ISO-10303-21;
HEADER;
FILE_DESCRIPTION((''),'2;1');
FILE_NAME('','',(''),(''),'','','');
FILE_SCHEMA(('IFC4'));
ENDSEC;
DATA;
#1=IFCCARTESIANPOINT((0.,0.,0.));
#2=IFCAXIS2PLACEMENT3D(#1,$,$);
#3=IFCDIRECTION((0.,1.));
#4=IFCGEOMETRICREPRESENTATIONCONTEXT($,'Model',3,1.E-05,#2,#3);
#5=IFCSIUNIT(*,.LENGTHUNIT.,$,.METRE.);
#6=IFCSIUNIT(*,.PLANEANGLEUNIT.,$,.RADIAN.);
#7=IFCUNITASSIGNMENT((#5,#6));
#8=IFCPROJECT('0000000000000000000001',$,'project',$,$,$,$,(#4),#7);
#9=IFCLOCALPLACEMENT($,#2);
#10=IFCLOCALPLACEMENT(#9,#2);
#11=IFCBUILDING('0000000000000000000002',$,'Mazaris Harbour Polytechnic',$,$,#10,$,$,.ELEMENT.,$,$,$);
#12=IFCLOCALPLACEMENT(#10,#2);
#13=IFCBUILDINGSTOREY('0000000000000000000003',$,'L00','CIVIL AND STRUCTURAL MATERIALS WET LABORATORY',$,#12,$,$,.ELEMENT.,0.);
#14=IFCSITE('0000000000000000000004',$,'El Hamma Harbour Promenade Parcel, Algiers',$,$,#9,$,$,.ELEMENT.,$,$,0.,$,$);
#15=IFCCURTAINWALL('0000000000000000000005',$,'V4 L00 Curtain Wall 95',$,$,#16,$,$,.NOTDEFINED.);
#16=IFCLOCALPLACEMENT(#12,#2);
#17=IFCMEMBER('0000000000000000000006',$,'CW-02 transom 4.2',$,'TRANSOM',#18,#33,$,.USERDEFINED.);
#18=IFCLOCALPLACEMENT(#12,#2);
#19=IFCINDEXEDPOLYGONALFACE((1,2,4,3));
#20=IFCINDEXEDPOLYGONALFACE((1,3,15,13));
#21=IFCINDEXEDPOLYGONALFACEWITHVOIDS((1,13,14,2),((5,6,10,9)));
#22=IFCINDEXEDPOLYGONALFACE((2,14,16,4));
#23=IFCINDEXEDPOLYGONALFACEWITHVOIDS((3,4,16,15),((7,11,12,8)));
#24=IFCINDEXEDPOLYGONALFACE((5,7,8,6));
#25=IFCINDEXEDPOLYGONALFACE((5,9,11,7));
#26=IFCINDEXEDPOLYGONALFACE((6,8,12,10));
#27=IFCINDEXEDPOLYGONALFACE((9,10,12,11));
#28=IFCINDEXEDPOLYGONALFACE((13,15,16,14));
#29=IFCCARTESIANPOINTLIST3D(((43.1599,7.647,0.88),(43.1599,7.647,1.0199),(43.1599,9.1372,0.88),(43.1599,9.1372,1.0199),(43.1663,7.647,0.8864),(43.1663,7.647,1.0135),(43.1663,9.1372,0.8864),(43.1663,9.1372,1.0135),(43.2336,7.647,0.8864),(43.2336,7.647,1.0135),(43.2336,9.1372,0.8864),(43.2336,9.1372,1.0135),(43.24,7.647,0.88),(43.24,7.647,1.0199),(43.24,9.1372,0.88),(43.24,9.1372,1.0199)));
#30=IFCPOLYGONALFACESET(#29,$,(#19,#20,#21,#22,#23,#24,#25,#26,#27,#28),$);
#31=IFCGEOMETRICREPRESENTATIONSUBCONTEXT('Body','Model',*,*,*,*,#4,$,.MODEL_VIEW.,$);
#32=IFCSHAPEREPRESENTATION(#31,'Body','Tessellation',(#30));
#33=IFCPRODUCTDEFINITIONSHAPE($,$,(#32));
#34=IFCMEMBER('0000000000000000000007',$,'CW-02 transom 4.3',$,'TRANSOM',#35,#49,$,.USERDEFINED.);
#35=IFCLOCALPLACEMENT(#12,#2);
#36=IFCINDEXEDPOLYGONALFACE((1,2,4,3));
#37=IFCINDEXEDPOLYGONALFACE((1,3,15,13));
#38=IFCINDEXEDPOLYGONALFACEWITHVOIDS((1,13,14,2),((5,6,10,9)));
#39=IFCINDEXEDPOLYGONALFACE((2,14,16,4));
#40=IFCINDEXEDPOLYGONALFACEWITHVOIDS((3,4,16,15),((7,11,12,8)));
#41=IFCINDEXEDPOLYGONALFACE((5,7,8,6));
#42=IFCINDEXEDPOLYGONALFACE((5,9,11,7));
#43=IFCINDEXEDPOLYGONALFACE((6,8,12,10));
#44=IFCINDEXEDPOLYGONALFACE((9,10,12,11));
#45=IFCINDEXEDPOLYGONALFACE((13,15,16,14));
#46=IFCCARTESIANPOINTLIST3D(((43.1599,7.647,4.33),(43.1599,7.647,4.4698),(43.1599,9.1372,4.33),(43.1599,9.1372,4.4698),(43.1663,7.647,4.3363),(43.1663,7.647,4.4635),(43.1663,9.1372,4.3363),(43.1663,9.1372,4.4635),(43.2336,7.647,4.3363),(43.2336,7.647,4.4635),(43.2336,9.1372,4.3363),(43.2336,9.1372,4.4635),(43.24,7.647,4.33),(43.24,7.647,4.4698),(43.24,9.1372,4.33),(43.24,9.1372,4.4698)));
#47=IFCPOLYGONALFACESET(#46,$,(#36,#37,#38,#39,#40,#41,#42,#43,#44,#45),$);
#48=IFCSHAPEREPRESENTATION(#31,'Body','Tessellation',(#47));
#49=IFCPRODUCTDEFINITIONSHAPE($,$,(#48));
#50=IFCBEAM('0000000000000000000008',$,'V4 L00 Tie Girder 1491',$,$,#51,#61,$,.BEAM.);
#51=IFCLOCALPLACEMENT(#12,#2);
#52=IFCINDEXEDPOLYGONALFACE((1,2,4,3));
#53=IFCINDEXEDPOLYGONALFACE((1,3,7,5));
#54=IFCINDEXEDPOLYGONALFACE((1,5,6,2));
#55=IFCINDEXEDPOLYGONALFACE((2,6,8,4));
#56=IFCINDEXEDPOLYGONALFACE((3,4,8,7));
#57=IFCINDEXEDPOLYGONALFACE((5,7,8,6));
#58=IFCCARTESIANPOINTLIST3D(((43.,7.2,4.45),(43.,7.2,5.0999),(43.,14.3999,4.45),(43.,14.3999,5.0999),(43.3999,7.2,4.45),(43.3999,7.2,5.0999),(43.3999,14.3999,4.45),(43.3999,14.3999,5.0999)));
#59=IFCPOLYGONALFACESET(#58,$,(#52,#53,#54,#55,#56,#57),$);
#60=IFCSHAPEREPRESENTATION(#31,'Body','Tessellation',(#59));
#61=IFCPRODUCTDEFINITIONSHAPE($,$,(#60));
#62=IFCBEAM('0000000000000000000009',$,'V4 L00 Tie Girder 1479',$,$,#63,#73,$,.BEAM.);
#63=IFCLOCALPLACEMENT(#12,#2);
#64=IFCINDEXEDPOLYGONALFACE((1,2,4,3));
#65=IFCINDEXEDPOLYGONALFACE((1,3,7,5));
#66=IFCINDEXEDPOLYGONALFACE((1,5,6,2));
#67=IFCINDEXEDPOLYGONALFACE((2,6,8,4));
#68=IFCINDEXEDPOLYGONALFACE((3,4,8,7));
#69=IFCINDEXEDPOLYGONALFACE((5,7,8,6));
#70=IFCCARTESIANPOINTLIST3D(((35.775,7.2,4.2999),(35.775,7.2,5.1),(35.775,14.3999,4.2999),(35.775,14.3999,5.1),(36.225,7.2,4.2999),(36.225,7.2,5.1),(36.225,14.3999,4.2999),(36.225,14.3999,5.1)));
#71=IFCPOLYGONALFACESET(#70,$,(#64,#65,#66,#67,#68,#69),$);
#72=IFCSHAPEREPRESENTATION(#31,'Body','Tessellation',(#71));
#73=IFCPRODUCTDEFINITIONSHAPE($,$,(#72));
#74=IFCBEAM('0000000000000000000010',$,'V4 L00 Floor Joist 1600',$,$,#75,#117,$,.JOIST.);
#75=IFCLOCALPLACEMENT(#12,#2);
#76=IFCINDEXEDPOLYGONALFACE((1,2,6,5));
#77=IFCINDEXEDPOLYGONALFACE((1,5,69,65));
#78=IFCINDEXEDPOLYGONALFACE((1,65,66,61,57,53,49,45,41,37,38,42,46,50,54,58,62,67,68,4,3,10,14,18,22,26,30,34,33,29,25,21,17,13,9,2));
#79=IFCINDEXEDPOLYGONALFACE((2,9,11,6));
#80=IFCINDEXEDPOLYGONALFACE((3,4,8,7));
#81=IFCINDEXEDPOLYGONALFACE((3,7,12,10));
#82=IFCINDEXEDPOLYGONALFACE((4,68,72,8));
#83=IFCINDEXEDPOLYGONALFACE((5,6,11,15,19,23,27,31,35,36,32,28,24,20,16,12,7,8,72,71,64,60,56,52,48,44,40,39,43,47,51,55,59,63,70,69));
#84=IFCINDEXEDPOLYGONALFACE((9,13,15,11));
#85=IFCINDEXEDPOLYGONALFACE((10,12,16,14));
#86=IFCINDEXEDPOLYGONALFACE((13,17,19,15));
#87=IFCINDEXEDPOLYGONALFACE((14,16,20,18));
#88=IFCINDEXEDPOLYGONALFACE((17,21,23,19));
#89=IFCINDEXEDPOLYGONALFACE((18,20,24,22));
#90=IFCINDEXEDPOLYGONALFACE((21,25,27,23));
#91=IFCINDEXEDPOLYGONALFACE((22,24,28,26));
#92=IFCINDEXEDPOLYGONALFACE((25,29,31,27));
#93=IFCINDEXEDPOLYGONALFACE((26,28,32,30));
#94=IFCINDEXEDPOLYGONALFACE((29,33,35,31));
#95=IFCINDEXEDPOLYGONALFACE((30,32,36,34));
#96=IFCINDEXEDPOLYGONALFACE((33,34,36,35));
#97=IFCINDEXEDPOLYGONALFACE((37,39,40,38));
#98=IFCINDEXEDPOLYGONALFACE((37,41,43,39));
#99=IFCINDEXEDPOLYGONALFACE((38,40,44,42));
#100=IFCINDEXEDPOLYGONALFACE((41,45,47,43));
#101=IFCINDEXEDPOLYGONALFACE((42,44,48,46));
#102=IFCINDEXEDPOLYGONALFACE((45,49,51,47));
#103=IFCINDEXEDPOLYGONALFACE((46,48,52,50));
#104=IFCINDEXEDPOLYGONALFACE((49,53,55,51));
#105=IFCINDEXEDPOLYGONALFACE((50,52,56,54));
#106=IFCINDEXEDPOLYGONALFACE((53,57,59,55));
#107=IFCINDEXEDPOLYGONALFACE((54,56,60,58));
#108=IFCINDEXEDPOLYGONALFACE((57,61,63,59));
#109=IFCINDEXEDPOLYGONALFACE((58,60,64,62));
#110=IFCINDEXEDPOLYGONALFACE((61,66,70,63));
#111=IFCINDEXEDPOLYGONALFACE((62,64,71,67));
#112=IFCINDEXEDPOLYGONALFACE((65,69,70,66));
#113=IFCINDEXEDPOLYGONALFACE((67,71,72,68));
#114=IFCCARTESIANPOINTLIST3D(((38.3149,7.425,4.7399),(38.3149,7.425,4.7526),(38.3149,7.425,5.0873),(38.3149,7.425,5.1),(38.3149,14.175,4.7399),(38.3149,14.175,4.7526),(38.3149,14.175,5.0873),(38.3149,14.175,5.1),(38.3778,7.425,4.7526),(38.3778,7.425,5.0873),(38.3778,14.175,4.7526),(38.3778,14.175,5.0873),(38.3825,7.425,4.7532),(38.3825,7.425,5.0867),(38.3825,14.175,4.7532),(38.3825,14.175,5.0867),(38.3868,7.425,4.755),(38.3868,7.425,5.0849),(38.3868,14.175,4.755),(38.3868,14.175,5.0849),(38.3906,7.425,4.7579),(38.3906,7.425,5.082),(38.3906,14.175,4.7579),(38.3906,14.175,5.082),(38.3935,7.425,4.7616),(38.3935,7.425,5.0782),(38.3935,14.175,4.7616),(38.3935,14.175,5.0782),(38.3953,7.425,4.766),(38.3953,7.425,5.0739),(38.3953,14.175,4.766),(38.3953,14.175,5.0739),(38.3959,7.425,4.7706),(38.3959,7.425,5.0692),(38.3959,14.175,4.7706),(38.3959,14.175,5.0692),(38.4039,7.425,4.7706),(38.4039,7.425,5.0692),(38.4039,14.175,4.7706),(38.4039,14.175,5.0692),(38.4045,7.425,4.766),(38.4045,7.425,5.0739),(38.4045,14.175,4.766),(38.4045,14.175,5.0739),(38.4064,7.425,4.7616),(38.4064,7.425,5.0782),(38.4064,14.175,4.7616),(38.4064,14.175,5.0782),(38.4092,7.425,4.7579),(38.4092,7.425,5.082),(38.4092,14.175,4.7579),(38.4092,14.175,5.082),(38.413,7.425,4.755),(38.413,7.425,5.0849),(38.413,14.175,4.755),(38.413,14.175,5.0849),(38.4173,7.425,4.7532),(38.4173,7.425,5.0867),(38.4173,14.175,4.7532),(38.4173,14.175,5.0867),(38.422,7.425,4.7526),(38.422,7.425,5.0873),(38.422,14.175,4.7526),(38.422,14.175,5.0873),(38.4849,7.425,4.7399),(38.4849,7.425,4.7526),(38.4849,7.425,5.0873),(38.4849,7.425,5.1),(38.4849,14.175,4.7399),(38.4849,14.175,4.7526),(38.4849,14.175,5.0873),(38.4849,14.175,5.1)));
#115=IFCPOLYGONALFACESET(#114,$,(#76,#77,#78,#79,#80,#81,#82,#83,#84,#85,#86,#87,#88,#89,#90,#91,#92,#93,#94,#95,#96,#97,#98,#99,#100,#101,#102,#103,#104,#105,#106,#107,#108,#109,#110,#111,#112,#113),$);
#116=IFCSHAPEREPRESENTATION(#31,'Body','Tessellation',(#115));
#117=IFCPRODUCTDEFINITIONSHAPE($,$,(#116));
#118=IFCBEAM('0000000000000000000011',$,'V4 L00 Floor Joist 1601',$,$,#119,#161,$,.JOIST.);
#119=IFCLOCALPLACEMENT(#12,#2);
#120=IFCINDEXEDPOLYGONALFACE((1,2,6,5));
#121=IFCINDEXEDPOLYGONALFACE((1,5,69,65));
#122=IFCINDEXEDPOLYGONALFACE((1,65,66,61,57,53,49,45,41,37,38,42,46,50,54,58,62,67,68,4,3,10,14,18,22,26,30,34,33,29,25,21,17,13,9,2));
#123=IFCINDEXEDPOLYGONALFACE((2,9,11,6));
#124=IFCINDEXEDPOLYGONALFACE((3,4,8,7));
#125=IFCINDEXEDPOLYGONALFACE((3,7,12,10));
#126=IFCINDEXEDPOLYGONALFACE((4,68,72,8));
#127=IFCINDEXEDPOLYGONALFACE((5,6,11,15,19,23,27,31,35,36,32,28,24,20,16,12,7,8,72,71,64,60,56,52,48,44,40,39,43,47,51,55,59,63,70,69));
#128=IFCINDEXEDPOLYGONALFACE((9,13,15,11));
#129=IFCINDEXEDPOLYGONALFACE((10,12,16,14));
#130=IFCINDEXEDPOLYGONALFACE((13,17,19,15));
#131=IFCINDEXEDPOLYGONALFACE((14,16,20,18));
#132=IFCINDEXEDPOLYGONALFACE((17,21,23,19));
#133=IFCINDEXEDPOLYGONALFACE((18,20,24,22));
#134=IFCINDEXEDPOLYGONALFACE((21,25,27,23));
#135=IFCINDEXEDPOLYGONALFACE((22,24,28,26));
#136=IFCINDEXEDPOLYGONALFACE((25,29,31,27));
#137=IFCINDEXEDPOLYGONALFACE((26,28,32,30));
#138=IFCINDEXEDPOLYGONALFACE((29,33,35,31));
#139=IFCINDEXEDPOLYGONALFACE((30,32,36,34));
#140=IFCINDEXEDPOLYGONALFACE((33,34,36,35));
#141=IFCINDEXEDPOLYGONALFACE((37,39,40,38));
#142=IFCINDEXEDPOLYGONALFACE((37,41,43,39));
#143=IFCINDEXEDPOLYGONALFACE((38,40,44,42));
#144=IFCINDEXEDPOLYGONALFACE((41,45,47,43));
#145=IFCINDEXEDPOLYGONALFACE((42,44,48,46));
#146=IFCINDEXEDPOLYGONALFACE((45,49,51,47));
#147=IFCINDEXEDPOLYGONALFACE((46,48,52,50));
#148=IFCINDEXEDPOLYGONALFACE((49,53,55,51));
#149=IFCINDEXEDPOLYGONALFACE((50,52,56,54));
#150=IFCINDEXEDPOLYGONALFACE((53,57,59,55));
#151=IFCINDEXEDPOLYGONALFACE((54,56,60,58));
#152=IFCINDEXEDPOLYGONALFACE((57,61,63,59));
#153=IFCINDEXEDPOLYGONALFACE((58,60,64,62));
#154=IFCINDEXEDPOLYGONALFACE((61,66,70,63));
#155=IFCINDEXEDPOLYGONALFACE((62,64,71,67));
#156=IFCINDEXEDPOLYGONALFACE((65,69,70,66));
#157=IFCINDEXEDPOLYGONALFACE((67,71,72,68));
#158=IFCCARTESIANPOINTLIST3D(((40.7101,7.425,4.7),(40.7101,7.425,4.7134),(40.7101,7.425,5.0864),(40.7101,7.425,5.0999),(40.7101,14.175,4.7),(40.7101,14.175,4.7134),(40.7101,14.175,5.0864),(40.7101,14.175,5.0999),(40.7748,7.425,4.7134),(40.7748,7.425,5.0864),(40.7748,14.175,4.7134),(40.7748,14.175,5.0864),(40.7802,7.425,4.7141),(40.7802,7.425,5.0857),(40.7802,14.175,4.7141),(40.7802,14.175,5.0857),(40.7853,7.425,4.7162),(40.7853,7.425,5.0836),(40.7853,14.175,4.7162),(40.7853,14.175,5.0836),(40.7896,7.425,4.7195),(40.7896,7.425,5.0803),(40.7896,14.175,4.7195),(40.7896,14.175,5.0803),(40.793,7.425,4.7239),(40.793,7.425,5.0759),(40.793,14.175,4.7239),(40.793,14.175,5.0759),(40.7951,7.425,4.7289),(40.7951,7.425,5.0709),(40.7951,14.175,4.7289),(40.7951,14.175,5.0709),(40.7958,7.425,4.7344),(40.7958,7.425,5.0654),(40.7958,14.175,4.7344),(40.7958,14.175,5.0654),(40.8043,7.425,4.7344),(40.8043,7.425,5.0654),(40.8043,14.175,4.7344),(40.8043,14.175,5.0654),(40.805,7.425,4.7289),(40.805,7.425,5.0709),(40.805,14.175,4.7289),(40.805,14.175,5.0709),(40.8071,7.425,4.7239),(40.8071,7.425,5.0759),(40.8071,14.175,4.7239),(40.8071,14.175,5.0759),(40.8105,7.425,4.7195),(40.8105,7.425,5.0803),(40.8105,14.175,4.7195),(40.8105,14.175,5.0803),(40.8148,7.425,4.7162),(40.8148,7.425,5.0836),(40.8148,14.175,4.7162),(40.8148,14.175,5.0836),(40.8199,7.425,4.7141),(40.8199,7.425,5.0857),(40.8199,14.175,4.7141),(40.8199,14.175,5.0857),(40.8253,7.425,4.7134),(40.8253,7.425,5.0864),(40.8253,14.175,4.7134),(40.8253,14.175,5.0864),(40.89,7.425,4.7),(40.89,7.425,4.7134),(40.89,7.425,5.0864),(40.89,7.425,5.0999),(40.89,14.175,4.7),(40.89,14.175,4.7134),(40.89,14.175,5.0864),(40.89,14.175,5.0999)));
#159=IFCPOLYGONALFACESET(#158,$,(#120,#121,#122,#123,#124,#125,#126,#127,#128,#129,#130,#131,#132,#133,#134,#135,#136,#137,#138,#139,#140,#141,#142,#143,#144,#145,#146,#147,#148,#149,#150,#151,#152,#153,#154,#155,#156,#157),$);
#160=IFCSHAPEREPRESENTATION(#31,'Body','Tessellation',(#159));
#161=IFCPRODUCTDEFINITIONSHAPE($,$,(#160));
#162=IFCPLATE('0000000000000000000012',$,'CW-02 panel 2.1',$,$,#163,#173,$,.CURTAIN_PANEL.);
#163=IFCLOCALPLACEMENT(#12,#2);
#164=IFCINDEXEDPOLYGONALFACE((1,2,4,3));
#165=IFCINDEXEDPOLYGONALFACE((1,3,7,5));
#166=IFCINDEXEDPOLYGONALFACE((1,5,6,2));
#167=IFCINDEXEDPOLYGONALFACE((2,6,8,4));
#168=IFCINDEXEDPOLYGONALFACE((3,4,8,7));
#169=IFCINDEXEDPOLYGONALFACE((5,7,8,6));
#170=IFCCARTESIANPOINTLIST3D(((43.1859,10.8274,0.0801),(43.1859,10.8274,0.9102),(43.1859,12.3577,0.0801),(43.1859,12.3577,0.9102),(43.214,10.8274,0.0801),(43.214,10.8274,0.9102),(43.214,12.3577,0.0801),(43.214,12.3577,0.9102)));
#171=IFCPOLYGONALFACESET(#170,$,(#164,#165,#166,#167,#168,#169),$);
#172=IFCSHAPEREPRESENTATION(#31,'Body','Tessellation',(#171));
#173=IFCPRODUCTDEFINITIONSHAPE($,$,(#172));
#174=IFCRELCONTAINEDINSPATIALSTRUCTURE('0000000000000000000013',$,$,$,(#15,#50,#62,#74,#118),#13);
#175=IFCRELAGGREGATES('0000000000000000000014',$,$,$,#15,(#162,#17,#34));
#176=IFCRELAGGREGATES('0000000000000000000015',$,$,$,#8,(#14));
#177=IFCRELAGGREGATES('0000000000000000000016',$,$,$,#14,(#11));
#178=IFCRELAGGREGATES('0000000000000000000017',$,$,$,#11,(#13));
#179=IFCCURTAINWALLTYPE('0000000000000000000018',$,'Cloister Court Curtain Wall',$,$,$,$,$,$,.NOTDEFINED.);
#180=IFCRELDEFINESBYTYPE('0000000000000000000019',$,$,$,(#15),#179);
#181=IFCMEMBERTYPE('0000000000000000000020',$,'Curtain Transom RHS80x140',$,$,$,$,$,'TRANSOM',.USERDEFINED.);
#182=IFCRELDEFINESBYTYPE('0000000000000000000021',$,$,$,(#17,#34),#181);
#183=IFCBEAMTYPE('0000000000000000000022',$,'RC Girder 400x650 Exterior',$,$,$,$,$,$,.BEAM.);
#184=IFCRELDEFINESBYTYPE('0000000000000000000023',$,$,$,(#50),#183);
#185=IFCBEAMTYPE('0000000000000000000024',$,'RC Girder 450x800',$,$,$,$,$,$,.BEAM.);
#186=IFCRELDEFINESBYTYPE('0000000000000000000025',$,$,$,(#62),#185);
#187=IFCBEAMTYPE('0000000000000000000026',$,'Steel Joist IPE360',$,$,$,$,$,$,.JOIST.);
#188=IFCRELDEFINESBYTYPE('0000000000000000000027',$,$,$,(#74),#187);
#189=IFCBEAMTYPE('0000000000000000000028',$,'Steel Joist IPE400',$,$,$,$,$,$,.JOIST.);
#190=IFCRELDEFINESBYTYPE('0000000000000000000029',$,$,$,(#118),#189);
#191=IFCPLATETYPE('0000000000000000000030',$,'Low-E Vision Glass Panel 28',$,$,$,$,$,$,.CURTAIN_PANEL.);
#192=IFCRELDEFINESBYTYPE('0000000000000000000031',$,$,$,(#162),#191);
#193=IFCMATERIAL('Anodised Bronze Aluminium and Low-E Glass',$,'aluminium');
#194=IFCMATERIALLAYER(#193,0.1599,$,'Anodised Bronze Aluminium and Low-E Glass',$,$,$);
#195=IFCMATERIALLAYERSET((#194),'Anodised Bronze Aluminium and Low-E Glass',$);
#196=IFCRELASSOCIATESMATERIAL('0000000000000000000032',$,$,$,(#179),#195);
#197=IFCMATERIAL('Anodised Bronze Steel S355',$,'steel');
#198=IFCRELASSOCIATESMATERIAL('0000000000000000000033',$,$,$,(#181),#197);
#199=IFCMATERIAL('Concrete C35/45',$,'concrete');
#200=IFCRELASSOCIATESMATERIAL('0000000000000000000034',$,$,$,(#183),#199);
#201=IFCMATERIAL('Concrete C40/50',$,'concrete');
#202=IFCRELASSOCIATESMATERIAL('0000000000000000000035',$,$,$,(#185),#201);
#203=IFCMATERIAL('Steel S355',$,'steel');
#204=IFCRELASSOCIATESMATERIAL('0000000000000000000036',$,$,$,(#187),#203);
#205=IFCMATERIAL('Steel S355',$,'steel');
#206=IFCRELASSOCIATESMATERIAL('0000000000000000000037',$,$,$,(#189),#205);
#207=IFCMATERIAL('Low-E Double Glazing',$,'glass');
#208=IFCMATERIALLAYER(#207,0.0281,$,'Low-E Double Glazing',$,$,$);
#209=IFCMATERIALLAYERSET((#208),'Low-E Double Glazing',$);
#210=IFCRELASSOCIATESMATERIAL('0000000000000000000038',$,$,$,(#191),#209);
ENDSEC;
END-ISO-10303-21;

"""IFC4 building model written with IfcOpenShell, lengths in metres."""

from ifc_helpers import new_model, si_unit, direction, frame, origin, origin_2d, place, context, subcontext, project, spatial, rectangle, hollow_rectangle, i_section, extrude, material, layer, layer_set, material_profile, profile_set, type_object, element, aggregate, save


model = new_model("IFC4")

# Units and contexts
model_context = context("Model", 3, precision=1e-05, world=origin(), true_north=direction((0.0, 1.0)))
body_context = subcontext(model_context, "Body", "Model", "MODEL_VIEW")
ifc_project = project(units=[si_unit("LENGTHUNIT", "METRE"), si_unit("PLANEANGLEUNIT", "RADIAN")], contexts=[model_context])

# Site, building, storey
site_placement = place(None, origin())
site = spatial("IfcSite", under=ifc_project, at=site_placement, Name="El Hamma Harbour Promenade Parcel, Algiers", CompositionType="ELEMENT", RefElevation=0.0)
building_placement = place(site_placement, origin())
building = spatial("IfcBuilding", under=site, at=building_placement, Name="Mazaris Harbour Polytechnic", CompositionType="ELEMENT")
storey_placement = place(building_placement, origin())
storey = spatial("IfcBuildingStorey", under=building, at=storey_placement, Name="L00", Description="CIVIL AND STRUCTURAL MATERIALS WET LABORATORY", CompositionType="ELEMENT", Elevation=0.0)

# Curtain wall, members
ifc_material_1 = material(Name="Anodised Bronze Aluminium and Low-E Glass", Category="aluminium")
ifc_layer_1 = layer(ifc_material_1, 0.1599, Name="Anodised Bronze Aluminium and Low-E Glass")
ifc_layer_set_1 = layer_set([ifc_layer_1], Name="Anodised Bronze Aluminium and Low-E Glass")
curtain_wall_type = type_object("IfcCurtainWallType", Name="Cloister Court Curtain Wall", PredefinedType="NOTDEFINED", material=ifc_layer_set_1)
curtain_wall_placement = place(storey_placement, origin())
curtain_wall = element("IfcCurtainWall", 1, at=curtain_wall_placement, inside=storey, type_object=curtain_wall_type, Name="V4 L00 Curtain Wall 95", PredefinedType="NOTDEFINED")
ifc_material_2 = material(Name="Anodised Bronze Steel S355", Category="steel")
ifc_material_profile_1 = material_profile(ifc_material_2, hollow_rectangle(XDim=0.0801, YDim=0.1399, WallThickness=0.0063, at=origin_2d()), Name="RHS 80x140x6.3")
ifc_profile_set_1 = profile_set([ifc_material_profile_1], Name="Anodised Bronze Steel S355")
member_type_1 = type_object("IfcMemberType", Name="Curtain Transom RHS80x140", ElementType="TRANSOM", PredefinedType="USERDEFINED", material=ifc_profile_set_1)
member_1_placement = place(storey_placement, frame((43.2, 9.1372, 0.95), z_axis=(0.0, -1.0, 0.0), x_axis=(1.0, 0.0, 0.0)))
member_1 = element("IfcMember", 2, at=member_1_placement, type_object=member_type_1, Name="CW-02 transom 4.2", ObjectType="TRANSOM", PredefinedType="USERDEFINED", context=body_context, shape_type="SweptSolid", body=[
    extrude(hollow_rectangle(XDim=0.0801, YDim=0.1399, WallThickness=0.0063, at=origin_2d()), origin(), (0.0, 0.0, 1.0), 1.4902),
])
member_2_placement = place(storey_placement, frame((43.2, 9.1372, 4.3999), z_axis=(0.0, -1.0, 0.0), x_axis=(1.0, 0.0, 0.0)))
member_2 = element("IfcMember", 3, at=member_2_placement, type_object=member_type_1, Name="CW-02 transom 4.3", ObjectType="TRANSOM", PredefinedType="USERDEFINED", context=body_context, shape_type="SweptSolid", body=[
    extrude(hollow_rectangle(XDim=0.0801, YDim=0.1399, WallThickness=0.0063, at=origin_2d()), origin(), (0.0, 0.0, 1.0), 1.4902),
])

# Beams
ifc_material_3 = material(Name="Concrete C35/45", Category="concrete")
ifc_material_profile_2 = material_profile(ifc_material_3, rectangle(XDim=0.3999, YDim=0.6499, at=origin_2d()), Name="RECT400x650")
ifc_profile_set_2 = profile_set([ifc_material_profile_2], Name="Concrete C35/45")
beam_type_1 = type_object("IfcBeamType", Name="RC Girder 400x650 Exterior", PredefinedType="BEAM", material=ifc_profile_set_2)
beam_1_placement = place(storey_placement, frame((43.2, 7.2, 4.7749), z_axis=(0.0, 1.0, 0.0), x_axis=(-1.0, 0.0, 0.0)))
element("IfcBeam", 4, at=beam_1_placement, inside=storey, type_object=beam_type_1, Name="V4 L00 Tie Girder 1491", PredefinedType="BEAM", context=body_context, shape_type="SweptSolid", body=[
    extrude(rectangle(XDim=0.3999, YDim=0.6499, at=origin_2d()), origin(), (0.0, 0.0, 1.0), 7.2),
])
ifc_material_4 = material(Name="Concrete C40/50", Category="concrete")
ifc_material_profile_3 = material_profile(ifc_material_4, rectangle(XDim=0.45, YDim=0.8, at=origin_2d()), Name="RECT450x800")
ifc_profile_set_3 = profile_set([ifc_material_profile_3], Name="Concrete C40/50")
beam_type_2 = type_object("IfcBeamType", Name="RC Girder 450x800", PredefinedType="BEAM", material=ifc_profile_set_3)
beam_2_placement = place(storey_placement, frame((36.0, 7.2, 4.7), z_axis=(0.0, 1.0, 0.0), x_axis=(-1.0, 0.0, 0.0)))
element("IfcBeam", 5, at=beam_2_placement, inside=storey, type_object=beam_type_2, Name="V4 L00 Tie Girder 1479", PredefinedType="BEAM", context=body_context, shape_type="SweptSolid", body=[
    extrude(rectangle(XDim=0.45, YDim=0.8, at=origin_2d()), origin(), (0.0, 0.0, 1.0), 7.2),
])
ifc_material_5 = material(Name="Steel S355", Category="steel")
ifc_material_profile_4 = material_profile(ifc_material_5, i_section(OverallWidth=0.1699, OverallDepth=0.3601, WebThickness=0.0081, FlangeThickness=0.0127, FilletRadius=0.0181, at=origin_2d()), Name="IPE 360")
ifc_profile_set_4 = profile_set([ifc_material_profile_4], Name="Steel S355")
beam_type_3 = type_object("IfcBeamType", Name="Steel Joist IPE360", PredefinedType="JOIST", material=ifc_profile_set_4)
beam_3_placement = place(storey_placement, frame((38.3999, 7.425, 4.9199), z_axis=(0.0, 1.0, 0.0), x_axis=(-1.0, 0.0, 0.0)))
element("IfcBeam", 6, at=beam_3_placement, inside=storey, type_object=beam_type_3, Name="V4 L00 Floor Joist 1600", PredefinedType="JOIST", context=body_context, shape_type="SweptSolid", body=[
    extrude(i_section(OverallWidth=0.1699, OverallDepth=0.3601, WebThickness=0.0081, FlangeThickness=0.0127, FilletRadius=0.0181, at=origin_2d()), origin(), (0.0, 0.0, 1.0), 6.75),
])
ifc_material_6 = material(Name="Steel S355", Category="steel")
ifc_material_profile_5 = material_profile(ifc_material_6, i_section(OverallWidth=0.1799, OverallDepth=0.3999, WebThickness=0.0085, FlangeThickness=0.0134, FilletRadius=0.021, at=origin_2d()), Name="IPE 400")
ifc_profile_set_5 = profile_set([ifc_material_profile_5], Name="Steel S355")
beam_type_4 = type_object("IfcBeamType", Name="Steel Joist IPE400", PredefinedType="JOIST", material=ifc_profile_set_5)
beam_4_placement = place(storey_placement, frame((40.8, 7.425, 4.8999), z_axis=(0.0, 1.0, 0.0), x_axis=(-1.0, 0.0, 0.0)))
element("IfcBeam", 7, at=beam_4_placement, inside=storey, type_object=beam_type_4, Name="V4 L00 Floor Joist 1601", PredefinedType="JOIST", context=body_context, shape_type="SweptSolid", body=[
    extrude(i_section(OverallWidth=0.1799, OverallDepth=0.3999, WebThickness=0.0085, FlangeThickness=0.0134, FilletRadius=0.021, at=origin_2d()), origin(), (0.0, 0.0, 1.0), 6.75),
])

# Plate
ifc_material_7 = material(Name="Low-E Double Glazing", Category="glass")
ifc_layer_2 = layer(ifc_material_7, 0.0281, Name="Low-E Double Glazing")
ifc_layer_set_2 = layer_set([ifc_layer_2], Name="Low-E Double Glazing")
plate_type = type_object("IfcPlateType", Name="Low-E Vision Glass Panel 28", PredefinedType="CURTAIN_PANEL", material=ifc_layer_set_2)
plate_1_placement = place(storey_placement, frame((43.2, 11.5925, 0.0801), z_axis=(0.0, 0.0, 1.0), x_axis=(0.0, -1.0, 0.0)))
plate_1 = element("IfcPlate", 8, at=plate_1_placement, type_object=plate_type, Name="CW-02 panel 2.1", PredefinedType="CURTAIN_PANEL", context=body_context, shape_type="SweptSolid", body=[
    extrude(rectangle(XDim=1.5303, YDim=0.0281, at=origin_2d()), origin(), (0.0, 0.0, 1.0), 0.8301),
])
aggregate(curtain_wall, [plate_1, member_1, member_2])

save(model, "model.ifc")
